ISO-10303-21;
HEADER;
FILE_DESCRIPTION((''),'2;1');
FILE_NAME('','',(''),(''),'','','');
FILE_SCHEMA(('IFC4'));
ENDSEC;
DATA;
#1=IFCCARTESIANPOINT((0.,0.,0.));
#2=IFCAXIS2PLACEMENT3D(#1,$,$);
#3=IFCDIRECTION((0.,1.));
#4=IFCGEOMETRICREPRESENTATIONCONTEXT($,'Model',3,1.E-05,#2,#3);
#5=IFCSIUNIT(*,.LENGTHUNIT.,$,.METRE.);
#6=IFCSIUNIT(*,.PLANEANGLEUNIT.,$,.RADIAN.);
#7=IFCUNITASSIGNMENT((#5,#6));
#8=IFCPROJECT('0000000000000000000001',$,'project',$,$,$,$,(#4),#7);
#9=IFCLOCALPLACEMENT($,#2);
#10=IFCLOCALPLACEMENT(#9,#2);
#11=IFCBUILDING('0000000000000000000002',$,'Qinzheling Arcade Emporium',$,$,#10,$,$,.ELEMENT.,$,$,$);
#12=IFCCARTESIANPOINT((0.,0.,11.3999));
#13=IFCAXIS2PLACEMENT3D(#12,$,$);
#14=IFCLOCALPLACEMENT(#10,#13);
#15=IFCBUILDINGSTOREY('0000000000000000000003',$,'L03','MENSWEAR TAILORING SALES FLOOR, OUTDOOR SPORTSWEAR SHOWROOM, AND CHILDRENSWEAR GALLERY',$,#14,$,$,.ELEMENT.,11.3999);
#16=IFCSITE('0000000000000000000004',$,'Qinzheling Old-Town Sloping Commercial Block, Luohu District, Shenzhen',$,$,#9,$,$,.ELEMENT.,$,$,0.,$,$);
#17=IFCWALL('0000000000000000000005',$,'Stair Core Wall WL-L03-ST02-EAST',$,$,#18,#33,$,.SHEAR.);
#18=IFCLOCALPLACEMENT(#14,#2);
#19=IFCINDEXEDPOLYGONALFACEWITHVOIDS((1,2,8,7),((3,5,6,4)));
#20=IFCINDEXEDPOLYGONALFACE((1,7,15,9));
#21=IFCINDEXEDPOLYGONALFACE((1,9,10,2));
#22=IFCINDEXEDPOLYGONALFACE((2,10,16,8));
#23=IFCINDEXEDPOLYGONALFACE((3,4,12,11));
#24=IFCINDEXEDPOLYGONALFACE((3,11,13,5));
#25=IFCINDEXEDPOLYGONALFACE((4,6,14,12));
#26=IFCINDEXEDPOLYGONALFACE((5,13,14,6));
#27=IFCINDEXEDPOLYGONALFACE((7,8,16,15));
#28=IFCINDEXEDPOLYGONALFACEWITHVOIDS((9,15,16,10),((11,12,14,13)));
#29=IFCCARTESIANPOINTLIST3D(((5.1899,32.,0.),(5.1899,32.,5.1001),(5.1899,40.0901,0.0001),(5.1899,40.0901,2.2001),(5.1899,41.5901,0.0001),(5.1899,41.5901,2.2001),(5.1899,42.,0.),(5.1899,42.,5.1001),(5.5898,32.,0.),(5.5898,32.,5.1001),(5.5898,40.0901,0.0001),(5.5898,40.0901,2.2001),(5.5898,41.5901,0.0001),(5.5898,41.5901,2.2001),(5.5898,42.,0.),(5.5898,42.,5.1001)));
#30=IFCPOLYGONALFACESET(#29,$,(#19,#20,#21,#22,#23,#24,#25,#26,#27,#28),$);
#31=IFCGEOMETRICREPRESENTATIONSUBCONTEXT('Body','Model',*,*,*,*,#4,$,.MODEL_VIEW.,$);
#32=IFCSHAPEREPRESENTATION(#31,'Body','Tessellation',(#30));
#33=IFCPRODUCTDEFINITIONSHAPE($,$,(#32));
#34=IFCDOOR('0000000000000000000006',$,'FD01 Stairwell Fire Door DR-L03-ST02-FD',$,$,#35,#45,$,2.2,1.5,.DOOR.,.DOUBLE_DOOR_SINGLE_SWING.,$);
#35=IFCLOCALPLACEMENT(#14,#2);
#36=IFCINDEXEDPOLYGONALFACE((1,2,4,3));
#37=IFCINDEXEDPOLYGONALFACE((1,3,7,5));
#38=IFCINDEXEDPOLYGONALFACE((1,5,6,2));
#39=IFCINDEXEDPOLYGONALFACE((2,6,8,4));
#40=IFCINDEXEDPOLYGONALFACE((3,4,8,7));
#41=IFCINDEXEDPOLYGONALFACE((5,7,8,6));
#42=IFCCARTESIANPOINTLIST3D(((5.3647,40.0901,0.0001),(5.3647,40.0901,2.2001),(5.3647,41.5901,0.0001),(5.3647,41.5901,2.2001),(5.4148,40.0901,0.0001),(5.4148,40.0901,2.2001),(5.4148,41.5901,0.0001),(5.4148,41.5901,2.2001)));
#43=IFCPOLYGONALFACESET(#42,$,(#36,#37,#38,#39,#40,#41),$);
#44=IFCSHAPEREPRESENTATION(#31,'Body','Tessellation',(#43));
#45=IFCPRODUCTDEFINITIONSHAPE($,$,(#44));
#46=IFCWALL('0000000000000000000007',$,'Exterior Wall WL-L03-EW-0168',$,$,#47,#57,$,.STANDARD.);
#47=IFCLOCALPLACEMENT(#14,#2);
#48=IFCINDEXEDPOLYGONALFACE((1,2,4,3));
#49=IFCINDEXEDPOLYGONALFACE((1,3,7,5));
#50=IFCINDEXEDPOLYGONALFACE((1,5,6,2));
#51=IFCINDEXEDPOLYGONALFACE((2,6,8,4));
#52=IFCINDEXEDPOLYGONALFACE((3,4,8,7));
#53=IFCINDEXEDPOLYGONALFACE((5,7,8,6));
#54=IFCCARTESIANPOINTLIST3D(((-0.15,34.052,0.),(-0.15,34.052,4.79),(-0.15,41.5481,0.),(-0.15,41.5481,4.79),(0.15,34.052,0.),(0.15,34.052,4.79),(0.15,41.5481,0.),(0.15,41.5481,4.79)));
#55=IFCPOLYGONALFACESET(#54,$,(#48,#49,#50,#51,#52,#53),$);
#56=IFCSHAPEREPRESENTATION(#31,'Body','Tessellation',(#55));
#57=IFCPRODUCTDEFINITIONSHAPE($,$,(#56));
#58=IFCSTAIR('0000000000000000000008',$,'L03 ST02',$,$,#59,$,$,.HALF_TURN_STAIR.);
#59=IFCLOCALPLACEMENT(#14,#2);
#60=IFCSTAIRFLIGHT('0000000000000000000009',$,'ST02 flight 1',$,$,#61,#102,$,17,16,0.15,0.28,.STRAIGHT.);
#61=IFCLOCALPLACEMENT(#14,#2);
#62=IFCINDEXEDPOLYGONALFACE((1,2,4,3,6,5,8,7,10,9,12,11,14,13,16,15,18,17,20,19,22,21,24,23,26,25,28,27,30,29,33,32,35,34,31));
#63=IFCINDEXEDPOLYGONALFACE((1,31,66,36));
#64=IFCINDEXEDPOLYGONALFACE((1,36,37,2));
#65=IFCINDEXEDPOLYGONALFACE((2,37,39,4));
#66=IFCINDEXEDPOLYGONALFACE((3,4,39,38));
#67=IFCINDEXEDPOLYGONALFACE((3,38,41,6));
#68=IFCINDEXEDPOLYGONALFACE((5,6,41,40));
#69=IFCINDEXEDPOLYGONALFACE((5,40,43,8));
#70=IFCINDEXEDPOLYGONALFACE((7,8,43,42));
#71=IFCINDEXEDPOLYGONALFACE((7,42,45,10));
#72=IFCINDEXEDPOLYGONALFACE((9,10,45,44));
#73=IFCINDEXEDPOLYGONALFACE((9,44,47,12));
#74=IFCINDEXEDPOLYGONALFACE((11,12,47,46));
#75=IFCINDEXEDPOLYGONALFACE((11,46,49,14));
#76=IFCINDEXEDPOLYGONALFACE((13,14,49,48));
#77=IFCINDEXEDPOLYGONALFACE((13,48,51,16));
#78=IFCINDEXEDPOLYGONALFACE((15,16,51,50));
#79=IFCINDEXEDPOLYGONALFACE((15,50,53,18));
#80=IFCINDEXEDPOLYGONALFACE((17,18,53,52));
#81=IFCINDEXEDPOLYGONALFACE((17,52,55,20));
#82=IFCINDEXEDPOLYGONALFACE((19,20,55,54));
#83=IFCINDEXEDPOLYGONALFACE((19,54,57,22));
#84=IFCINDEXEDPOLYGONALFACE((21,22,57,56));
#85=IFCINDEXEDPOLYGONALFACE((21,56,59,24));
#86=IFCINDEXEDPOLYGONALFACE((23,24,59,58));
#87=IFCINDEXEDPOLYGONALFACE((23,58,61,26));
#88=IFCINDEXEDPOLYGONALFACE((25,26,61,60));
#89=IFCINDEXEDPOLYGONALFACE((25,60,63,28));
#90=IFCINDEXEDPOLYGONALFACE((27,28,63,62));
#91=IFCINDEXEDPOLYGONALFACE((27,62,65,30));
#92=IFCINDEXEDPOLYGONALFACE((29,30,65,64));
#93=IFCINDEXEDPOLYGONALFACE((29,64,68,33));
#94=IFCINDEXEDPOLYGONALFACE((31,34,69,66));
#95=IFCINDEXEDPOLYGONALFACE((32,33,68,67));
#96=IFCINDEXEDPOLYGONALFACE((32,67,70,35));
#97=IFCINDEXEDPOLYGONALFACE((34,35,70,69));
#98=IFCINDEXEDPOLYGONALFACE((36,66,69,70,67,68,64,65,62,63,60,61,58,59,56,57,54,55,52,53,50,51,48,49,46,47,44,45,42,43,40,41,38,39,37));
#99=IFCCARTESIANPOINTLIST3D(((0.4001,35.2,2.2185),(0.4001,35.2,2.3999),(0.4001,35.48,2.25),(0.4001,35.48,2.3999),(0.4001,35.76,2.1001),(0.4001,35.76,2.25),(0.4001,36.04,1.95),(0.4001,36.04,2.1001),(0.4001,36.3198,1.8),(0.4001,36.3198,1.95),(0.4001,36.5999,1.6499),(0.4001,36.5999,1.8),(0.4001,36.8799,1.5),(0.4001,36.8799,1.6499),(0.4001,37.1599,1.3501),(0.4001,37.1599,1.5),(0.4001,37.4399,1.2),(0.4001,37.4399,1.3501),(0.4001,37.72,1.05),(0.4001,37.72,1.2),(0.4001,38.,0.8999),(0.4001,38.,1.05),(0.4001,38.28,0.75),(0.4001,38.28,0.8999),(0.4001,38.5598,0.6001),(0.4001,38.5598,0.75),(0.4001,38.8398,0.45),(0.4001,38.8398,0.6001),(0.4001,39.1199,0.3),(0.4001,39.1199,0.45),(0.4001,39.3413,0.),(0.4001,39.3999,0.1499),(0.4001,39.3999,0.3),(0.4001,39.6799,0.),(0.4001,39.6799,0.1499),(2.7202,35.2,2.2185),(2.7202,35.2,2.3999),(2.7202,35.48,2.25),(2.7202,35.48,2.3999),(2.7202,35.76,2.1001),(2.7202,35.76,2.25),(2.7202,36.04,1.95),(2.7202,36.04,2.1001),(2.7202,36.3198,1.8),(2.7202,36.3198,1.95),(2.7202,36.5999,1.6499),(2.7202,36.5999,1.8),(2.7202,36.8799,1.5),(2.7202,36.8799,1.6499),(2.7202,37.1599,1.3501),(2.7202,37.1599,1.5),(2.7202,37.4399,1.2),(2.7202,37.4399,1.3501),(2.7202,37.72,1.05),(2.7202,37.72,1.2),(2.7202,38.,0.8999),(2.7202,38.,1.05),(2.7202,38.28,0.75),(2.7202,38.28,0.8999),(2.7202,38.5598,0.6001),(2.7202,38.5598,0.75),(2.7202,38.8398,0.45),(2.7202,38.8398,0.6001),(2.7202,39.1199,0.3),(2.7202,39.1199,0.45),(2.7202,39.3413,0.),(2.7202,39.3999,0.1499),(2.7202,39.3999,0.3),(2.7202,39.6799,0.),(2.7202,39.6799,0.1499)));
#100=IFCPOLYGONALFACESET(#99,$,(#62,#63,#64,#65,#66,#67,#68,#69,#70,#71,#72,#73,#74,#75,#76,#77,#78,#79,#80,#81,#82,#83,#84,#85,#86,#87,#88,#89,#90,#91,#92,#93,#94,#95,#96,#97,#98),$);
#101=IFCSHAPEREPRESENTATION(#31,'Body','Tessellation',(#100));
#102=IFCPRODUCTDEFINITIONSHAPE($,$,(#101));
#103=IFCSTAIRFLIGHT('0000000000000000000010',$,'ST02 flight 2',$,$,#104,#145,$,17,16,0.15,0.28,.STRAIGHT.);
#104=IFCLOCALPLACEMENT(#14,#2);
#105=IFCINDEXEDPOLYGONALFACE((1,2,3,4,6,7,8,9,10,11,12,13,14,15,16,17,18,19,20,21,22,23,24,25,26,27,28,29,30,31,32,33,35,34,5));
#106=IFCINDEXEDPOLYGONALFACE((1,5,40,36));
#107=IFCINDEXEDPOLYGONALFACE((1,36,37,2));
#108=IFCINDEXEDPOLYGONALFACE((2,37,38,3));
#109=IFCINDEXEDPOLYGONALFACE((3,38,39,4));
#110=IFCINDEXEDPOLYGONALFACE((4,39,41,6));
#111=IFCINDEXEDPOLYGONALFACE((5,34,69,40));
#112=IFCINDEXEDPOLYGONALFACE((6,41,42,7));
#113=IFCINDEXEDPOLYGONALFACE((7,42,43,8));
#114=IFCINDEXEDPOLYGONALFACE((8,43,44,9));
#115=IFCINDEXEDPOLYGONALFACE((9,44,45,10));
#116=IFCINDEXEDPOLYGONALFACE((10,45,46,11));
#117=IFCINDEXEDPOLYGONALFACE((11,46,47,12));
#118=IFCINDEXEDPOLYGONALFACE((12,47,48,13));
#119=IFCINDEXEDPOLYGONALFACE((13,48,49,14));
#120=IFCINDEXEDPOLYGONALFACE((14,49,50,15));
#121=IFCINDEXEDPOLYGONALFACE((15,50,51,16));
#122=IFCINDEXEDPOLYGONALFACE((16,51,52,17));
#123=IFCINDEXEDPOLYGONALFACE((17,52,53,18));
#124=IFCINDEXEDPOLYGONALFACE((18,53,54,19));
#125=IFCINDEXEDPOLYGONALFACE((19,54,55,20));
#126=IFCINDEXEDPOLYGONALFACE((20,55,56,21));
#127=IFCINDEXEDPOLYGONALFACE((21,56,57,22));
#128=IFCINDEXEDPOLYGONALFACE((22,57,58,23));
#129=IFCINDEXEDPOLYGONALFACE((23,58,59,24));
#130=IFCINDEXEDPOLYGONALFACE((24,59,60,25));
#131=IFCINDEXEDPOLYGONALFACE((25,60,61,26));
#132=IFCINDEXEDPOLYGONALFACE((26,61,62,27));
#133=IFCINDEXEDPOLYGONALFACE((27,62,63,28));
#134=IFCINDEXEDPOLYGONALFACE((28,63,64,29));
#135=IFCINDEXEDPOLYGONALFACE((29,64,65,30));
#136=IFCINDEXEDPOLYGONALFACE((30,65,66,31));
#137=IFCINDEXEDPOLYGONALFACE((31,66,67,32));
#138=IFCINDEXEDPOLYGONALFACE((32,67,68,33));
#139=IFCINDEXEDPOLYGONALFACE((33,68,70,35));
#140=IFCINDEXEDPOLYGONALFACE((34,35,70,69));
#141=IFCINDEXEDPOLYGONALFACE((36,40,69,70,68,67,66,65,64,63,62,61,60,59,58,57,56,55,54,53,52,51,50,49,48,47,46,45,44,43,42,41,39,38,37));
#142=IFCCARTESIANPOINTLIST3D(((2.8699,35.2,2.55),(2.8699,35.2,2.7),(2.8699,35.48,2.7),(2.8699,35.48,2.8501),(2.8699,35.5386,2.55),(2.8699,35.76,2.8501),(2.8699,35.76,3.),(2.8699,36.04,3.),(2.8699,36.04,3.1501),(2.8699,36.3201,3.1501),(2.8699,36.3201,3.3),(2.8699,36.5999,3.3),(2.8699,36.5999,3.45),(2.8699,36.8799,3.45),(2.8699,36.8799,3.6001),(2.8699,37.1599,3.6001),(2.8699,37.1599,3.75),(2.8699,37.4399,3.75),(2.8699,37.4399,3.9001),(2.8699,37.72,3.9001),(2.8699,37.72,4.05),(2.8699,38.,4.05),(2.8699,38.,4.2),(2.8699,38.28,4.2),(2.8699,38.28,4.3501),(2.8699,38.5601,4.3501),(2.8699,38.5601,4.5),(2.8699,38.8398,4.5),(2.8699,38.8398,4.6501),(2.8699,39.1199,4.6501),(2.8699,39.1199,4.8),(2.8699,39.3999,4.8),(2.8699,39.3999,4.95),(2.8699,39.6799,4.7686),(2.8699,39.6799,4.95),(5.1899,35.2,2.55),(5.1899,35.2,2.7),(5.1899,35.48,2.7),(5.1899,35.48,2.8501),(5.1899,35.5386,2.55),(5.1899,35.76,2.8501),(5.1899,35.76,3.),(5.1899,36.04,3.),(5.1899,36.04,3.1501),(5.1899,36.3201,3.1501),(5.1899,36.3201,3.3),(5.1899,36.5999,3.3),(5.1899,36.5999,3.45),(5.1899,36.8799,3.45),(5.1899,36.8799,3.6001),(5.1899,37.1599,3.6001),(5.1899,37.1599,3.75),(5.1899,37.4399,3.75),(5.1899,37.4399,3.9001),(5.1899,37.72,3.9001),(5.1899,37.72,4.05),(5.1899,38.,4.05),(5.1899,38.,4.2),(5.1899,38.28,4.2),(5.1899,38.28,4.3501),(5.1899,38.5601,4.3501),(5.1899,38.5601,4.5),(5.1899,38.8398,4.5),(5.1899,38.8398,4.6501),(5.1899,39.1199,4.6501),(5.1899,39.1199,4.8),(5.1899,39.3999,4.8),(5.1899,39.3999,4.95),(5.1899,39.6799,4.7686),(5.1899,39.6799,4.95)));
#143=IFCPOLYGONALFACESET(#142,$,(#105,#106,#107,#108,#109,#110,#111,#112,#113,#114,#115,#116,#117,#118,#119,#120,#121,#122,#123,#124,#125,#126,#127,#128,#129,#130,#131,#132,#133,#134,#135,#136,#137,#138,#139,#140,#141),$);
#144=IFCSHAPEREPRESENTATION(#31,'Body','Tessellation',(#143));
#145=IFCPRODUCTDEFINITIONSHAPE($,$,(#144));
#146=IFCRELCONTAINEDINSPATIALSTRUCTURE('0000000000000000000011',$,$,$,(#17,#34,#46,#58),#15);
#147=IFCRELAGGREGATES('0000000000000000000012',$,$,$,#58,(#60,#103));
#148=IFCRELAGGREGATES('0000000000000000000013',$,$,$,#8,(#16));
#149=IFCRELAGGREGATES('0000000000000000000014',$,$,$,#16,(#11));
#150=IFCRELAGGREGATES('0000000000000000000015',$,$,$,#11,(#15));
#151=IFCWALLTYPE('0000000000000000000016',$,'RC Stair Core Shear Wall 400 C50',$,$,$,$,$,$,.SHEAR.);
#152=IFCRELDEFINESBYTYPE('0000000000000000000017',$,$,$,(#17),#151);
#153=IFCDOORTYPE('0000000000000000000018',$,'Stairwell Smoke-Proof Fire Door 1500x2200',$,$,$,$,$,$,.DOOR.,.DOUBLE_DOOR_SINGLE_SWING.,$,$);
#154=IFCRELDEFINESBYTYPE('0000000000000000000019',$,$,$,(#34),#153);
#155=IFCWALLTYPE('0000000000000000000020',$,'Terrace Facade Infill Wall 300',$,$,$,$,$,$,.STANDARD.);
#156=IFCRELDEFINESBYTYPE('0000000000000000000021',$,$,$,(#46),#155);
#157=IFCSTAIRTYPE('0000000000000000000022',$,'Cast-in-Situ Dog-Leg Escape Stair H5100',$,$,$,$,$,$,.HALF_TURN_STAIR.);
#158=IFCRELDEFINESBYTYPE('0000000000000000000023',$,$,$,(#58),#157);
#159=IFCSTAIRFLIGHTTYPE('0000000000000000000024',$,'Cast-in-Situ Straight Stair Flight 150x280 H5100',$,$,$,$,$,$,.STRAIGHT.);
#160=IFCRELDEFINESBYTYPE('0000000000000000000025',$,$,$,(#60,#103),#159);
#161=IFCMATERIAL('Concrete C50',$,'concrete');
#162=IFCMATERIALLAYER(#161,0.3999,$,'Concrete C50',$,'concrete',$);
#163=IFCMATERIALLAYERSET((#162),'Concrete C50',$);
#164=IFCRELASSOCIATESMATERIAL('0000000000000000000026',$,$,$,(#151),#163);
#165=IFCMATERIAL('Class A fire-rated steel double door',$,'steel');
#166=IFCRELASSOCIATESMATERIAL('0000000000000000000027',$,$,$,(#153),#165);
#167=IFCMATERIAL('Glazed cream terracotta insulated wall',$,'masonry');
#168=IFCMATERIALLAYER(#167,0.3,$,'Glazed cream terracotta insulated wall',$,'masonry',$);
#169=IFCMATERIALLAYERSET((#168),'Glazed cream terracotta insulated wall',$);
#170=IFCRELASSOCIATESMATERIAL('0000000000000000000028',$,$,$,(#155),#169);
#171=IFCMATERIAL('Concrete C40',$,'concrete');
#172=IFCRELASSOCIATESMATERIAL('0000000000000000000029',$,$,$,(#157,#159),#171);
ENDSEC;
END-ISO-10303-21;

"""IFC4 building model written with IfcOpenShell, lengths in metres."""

from ifc_helpers import new_model, si_unit, direction, frame, frame_2d, origin, place, context, subcontext, project, spatial, polyline, rectangle, outline, extrude, material, layer, layer_set, type_object, element, fill, aggregate, save


model = new_model("IFC4")

# Units and contexts
model_context = context("Model", 3, precision=1e-05, world=origin(), true_north=direction((0.0, 1.0)))
body_context = subcontext(model_context, "Body", "Model", "MODEL_VIEW")
ifc_project = project(units=[si_unit("LENGTHUNIT", "METRE"), si_unit("PLANEANGLEUNIT", "RADIAN")], contexts=[model_context])

# Site, building, storey
site_placement = place(None, origin())
site = spatial("IfcSite", under=ifc_project, at=site_placement, Name="Qinzheling Old-Town Sloping Commercial Block, Luohu District, Shenzhen", CompositionType="ELEMENT", RefElevation=0.0)
building_placement = place(site_placement, origin())
building = spatial("IfcBuilding", under=site, at=building_placement, Name="Qinzheling Arcade Emporium", CompositionType="ELEMENT")
storey_placement = place(building_placement, frame((0.0, 0.0, 11.3999)))
storey = spatial("IfcBuildingStorey", under=building, at=storey_placement, Name="L03", Description="MENSWEAR TAILORING SALES FLOOR, OUTDOOR SPORTSWEAR SHOWROOM, AND CHILDRENSWEAR GALLERY", CompositionType="ELEMENT", Elevation=11.3999)

# Shared definitions
ifc_material_1 = material(Name="Concrete C50", Category="concrete")

# Shared definitions
ifc_material_2 = material(Name="Concrete C40", Category="concrete")

# Wall, opening, door
ifc_layer_1 = layer(ifc_material_1, 0.3999, Name="Concrete C50", Category="concrete")
ifc_layer_set_1 = layer_set([ifc_layer_1], Name="Concrete C50")
wall_type_1 = type_object("IfcWallType", Name="RC Stair Core Shear Wall 400 C50", PredefinedType="SHEAR", material=ifc_layer_set_1)
wall_1_placement = place(storey_placement, frame((5.3899, 42.0, 0.0), z_axis=(0.0, 0.0, 1.0), x_axis=(0.0, -1.0, 0.0)))
wall_1 = element("IfcWall", 1, at=wall_1_placement, inside=storey, type_object=wall_type_1, Name="Stair Core Wall WL-L03-ST02-EAST", PredefinedType="SHEAR", context=body_context, shape_type="SweptSolid", body=[
    extrude(rectangle(XDim=10.0, YDim=0.3999, at=frame_2d((5.0, 0.0))), origin(), (0.0, 0.0, 1.0), 5.1001),
])
opening_placement = place(wall_1_placement, frame((0.4099, 0.0, 0.0)))
opening = element("IfcOpeningElement", 2, at=opening_placement, cuts=wall_1, PredefinedType="OPENING", context=body_context, shape_type="SweptSolid", body=[
    extrude(rectangle(XDim=1.5, YDim=2.2, at=frame_2d((0.75, 1.1001))), frame((0.0, 0.21, 0.0), z_axis=(0.0, -1.0, 0.0), x_axis=(1.0, 0.0, 0.0)), (0.0, 0.0, 1.0), 0.4199),
])
ifc_material_3 = material(Name="Class A fire-rated steel double door", Category="steel")
door_type = type_object("IfcDoorType", Name="Stairwell Smoke-Proof Fire Door 1500x2200", OperationType="DOUBLE_DOOR_SINGLE_SWING", PredefinedType="DOOR", material=ifc_material_3)
door_placement = place(opening_placement, origin())
door = element("IfcDoor", 3, at=door_placement, inside=storey, type_object=door_type, Name="FD01 Stairwell Fire Door DR-L03-ST02-FD", OperationType="DOUBLE_DOOR_SINGLE_SWING", OverallHeight=2.2, OverallWidth=1.5, PredefinedType="DOOR", context=body_context, shape_type="SweptSolid", body=[
    extrude(rectangle(XDim=1.5, YDim=2.2, at=frame_2d((0.75, 1.1001))), frame((0.0, 0.0249, 0.0), z_axis=(0.0, -1.0, 0.0), x_axis=(1.0, 0.0, 0.0)), (0.0, 0.0, 1.0), 0.05),
])
fill(opening, door)

# Wall
ifc_material_4 = material(Name="Glazed cream terracotta insulated wall", Category="masonry")
ifc_layer_2 = layer(ifc_material_4, 0.3, Name="Glazed cream terracotta insulated wall", Category="masonry")
ifc_layer_set_2 = layer_set([ifc_layer_2], Name="Glazed cream terracotta insulated wall")
wall_type_2 = type_object("IfcWallType", Name="Terrace Facade Infill Wall 300", PredefinedType="STANDARD", material=ifc_layer_set_2)
wall_2_placement = place(storey_placement, frame((0.0, 34.052, 0.0), z_axis=(0.0, 0.0, 1.0), x_axis=(0.0, 1.0, 0.0)))
element("IfcWall", 4, at=wall_2_placement, inside=storey, type_object=wall_type_2, Name="Exterior Wall WL-L03-EW-0168", PredefinedType="STANDARD", context=body_context, shape_type="SweptSolid", body=[
    extrude(rectangle(XDim=7.4961, YDim=0.3, at=frame_2d((3.748, 0.0))), origin(), (0.0, 0.0, 1.0), 4.79),
])

# Stair, stair flights
stair_type = type_object("IfcStairType", Name="Cast-in-Situ Dog-Leg Escape Stair H5100", PredefinedType="HALF_TURN_STAIR", material=ifc_material_2)
stair_placement = place(storey_placement, origin())
stair = element("IfcStair", 5, at=stair_placement, inside=storey, type_object=stair_type, Name="L03 ST02", PredefinedType="HALF_TURN_STAIR")
stair_flight_type = type_object("IfcStairFlightType", Name="Cast-in-Situ Straight Stair Flight 150x280 H5100", PredefinedType="STRAIGHT", material=ifc_material_2)
stair_flight_1_placement = place(storey_placement, frame((1.5601, 39.6799, 0.0), z_axis=(0.0, 0.0, 1.0), x_axis=(0.0, -1.0, 0.0)))
stair_flight_1 = element("IfcStairFlight", 6, at=stair_flight_1_placement, type_object=stair_flight_type, Name="ST02 flight 1", NumberOfRisers=17, NumberOfTreads=16, PredefinedType="STRAIGHT", RiserHeight=0.15, TreadLength=0.28, context=body_context, shape_type="SweptSolid", body=[
    extrude(outline(polyline([(0.0, 0.0), (0.0, 0.1499), (0.28, 0.1499), (0.28, 0.3), (0.5601, 0.3), (0.5601, 0.45), (0.8401, 0.45), (0.8401, 0.6001), (1.1201, 0.6001), (1.1201, 0.75), (1.3999, 0.75), (1.3999, 0.8999), (1.6799, 0.8999), (1.6799, 1.05), (1.96, 1.05), (1.96, 1.2), (2.24, 1.2), (2.24, 1.3501), (2.52, 1.3501), (2.52, 1.5), (2.8, 1.5), (2.8, 1.6499), (3.0801, 1.6499), (3.0801, 1.8), (3.3601, 1.8), (3.3601, 1.95), (3.6399, 1.95), (3.6399, 2.1001), (3.9199, 2.1001), (3.9199, 2.25), (4.2, 2.25), (4.2, 2.3999), (4.48, 2.3999), (4.48, 2.55), (4.48, 2.2185), (0.3386, 0.0), (0.0, 0.0)])), frame((0.0, 1.1602, 0.0), z_axis=(0.0, -1.0, 0.0), x_axis=(1.0, 0.0, 0.0)), (0.0, 0.0, 1.0), 2.3201),
])
stair_flight_2_placement = place(storey_placement, frame((4.03, 35.2, 2.55), z_axis=(0.0, 0.0, 1.0), x_axis=(0.0, 1.0, 0.0)))
stair_flight_2 = element("IfcStairFlight", 7, at=stair_flight_2_placement, type_object=stair_flight_type, Name="ST02 flight 2", NumberOfRisers=17, NumberOfTreads=16, PredefinedType="STRAIGHT", RiserHeight=0.15, TreadLength=0.28, context=body_context, shape_type="SweptSolid", body=[
    extrude(outline(polyline([(0.0, 0.0), (0.0, 0.1499), (0.28, 0.1499), (0.28, 0.3), (0.5601, 0.3), (0.5601, 0.45), (0.8401, 0.45), (0.8401, 0.6001), (1.1201, 0.6001), (1.1201, 0.75), (1.3999, 0.75), (1.3999, 0.8999), (1.6799, 0.8999), (1.6799, 1.05), (1.96, 1.05), (1.96, 1.2), (2.24, 1.2), (2.24, 1.3501), (2.52, 1.3501), (2.52, 1.5), (2.8, 1.5), (2.8, 1.6499), (3.0801, 1.6499), (3.0801, 1.8), (3.3601, 1.8), (3.3601, 1.95), (3.6399, 1.95), (3.6399, 2.1001), (3.9199, 2.1001), (3.9199, 2.25), (4.2, 2.25), (4.2, 2.3999), (4.48, 2.3999), (4.48, 2.55), (4.48, 2.2185), (0.3386, 0.0), (0.0, 0.0)])), frame((0.0, 1.1602, 0.0), z_axis=(0.0, -1.0, 0.0), x_axis=(1.0, 0.0, 0.0)), (0.0, 0.0, 1.0), 2.3201),
])
aggregate(stair, [stair_flight_1, stair_flight_2])

save(model, "model.ifc")
